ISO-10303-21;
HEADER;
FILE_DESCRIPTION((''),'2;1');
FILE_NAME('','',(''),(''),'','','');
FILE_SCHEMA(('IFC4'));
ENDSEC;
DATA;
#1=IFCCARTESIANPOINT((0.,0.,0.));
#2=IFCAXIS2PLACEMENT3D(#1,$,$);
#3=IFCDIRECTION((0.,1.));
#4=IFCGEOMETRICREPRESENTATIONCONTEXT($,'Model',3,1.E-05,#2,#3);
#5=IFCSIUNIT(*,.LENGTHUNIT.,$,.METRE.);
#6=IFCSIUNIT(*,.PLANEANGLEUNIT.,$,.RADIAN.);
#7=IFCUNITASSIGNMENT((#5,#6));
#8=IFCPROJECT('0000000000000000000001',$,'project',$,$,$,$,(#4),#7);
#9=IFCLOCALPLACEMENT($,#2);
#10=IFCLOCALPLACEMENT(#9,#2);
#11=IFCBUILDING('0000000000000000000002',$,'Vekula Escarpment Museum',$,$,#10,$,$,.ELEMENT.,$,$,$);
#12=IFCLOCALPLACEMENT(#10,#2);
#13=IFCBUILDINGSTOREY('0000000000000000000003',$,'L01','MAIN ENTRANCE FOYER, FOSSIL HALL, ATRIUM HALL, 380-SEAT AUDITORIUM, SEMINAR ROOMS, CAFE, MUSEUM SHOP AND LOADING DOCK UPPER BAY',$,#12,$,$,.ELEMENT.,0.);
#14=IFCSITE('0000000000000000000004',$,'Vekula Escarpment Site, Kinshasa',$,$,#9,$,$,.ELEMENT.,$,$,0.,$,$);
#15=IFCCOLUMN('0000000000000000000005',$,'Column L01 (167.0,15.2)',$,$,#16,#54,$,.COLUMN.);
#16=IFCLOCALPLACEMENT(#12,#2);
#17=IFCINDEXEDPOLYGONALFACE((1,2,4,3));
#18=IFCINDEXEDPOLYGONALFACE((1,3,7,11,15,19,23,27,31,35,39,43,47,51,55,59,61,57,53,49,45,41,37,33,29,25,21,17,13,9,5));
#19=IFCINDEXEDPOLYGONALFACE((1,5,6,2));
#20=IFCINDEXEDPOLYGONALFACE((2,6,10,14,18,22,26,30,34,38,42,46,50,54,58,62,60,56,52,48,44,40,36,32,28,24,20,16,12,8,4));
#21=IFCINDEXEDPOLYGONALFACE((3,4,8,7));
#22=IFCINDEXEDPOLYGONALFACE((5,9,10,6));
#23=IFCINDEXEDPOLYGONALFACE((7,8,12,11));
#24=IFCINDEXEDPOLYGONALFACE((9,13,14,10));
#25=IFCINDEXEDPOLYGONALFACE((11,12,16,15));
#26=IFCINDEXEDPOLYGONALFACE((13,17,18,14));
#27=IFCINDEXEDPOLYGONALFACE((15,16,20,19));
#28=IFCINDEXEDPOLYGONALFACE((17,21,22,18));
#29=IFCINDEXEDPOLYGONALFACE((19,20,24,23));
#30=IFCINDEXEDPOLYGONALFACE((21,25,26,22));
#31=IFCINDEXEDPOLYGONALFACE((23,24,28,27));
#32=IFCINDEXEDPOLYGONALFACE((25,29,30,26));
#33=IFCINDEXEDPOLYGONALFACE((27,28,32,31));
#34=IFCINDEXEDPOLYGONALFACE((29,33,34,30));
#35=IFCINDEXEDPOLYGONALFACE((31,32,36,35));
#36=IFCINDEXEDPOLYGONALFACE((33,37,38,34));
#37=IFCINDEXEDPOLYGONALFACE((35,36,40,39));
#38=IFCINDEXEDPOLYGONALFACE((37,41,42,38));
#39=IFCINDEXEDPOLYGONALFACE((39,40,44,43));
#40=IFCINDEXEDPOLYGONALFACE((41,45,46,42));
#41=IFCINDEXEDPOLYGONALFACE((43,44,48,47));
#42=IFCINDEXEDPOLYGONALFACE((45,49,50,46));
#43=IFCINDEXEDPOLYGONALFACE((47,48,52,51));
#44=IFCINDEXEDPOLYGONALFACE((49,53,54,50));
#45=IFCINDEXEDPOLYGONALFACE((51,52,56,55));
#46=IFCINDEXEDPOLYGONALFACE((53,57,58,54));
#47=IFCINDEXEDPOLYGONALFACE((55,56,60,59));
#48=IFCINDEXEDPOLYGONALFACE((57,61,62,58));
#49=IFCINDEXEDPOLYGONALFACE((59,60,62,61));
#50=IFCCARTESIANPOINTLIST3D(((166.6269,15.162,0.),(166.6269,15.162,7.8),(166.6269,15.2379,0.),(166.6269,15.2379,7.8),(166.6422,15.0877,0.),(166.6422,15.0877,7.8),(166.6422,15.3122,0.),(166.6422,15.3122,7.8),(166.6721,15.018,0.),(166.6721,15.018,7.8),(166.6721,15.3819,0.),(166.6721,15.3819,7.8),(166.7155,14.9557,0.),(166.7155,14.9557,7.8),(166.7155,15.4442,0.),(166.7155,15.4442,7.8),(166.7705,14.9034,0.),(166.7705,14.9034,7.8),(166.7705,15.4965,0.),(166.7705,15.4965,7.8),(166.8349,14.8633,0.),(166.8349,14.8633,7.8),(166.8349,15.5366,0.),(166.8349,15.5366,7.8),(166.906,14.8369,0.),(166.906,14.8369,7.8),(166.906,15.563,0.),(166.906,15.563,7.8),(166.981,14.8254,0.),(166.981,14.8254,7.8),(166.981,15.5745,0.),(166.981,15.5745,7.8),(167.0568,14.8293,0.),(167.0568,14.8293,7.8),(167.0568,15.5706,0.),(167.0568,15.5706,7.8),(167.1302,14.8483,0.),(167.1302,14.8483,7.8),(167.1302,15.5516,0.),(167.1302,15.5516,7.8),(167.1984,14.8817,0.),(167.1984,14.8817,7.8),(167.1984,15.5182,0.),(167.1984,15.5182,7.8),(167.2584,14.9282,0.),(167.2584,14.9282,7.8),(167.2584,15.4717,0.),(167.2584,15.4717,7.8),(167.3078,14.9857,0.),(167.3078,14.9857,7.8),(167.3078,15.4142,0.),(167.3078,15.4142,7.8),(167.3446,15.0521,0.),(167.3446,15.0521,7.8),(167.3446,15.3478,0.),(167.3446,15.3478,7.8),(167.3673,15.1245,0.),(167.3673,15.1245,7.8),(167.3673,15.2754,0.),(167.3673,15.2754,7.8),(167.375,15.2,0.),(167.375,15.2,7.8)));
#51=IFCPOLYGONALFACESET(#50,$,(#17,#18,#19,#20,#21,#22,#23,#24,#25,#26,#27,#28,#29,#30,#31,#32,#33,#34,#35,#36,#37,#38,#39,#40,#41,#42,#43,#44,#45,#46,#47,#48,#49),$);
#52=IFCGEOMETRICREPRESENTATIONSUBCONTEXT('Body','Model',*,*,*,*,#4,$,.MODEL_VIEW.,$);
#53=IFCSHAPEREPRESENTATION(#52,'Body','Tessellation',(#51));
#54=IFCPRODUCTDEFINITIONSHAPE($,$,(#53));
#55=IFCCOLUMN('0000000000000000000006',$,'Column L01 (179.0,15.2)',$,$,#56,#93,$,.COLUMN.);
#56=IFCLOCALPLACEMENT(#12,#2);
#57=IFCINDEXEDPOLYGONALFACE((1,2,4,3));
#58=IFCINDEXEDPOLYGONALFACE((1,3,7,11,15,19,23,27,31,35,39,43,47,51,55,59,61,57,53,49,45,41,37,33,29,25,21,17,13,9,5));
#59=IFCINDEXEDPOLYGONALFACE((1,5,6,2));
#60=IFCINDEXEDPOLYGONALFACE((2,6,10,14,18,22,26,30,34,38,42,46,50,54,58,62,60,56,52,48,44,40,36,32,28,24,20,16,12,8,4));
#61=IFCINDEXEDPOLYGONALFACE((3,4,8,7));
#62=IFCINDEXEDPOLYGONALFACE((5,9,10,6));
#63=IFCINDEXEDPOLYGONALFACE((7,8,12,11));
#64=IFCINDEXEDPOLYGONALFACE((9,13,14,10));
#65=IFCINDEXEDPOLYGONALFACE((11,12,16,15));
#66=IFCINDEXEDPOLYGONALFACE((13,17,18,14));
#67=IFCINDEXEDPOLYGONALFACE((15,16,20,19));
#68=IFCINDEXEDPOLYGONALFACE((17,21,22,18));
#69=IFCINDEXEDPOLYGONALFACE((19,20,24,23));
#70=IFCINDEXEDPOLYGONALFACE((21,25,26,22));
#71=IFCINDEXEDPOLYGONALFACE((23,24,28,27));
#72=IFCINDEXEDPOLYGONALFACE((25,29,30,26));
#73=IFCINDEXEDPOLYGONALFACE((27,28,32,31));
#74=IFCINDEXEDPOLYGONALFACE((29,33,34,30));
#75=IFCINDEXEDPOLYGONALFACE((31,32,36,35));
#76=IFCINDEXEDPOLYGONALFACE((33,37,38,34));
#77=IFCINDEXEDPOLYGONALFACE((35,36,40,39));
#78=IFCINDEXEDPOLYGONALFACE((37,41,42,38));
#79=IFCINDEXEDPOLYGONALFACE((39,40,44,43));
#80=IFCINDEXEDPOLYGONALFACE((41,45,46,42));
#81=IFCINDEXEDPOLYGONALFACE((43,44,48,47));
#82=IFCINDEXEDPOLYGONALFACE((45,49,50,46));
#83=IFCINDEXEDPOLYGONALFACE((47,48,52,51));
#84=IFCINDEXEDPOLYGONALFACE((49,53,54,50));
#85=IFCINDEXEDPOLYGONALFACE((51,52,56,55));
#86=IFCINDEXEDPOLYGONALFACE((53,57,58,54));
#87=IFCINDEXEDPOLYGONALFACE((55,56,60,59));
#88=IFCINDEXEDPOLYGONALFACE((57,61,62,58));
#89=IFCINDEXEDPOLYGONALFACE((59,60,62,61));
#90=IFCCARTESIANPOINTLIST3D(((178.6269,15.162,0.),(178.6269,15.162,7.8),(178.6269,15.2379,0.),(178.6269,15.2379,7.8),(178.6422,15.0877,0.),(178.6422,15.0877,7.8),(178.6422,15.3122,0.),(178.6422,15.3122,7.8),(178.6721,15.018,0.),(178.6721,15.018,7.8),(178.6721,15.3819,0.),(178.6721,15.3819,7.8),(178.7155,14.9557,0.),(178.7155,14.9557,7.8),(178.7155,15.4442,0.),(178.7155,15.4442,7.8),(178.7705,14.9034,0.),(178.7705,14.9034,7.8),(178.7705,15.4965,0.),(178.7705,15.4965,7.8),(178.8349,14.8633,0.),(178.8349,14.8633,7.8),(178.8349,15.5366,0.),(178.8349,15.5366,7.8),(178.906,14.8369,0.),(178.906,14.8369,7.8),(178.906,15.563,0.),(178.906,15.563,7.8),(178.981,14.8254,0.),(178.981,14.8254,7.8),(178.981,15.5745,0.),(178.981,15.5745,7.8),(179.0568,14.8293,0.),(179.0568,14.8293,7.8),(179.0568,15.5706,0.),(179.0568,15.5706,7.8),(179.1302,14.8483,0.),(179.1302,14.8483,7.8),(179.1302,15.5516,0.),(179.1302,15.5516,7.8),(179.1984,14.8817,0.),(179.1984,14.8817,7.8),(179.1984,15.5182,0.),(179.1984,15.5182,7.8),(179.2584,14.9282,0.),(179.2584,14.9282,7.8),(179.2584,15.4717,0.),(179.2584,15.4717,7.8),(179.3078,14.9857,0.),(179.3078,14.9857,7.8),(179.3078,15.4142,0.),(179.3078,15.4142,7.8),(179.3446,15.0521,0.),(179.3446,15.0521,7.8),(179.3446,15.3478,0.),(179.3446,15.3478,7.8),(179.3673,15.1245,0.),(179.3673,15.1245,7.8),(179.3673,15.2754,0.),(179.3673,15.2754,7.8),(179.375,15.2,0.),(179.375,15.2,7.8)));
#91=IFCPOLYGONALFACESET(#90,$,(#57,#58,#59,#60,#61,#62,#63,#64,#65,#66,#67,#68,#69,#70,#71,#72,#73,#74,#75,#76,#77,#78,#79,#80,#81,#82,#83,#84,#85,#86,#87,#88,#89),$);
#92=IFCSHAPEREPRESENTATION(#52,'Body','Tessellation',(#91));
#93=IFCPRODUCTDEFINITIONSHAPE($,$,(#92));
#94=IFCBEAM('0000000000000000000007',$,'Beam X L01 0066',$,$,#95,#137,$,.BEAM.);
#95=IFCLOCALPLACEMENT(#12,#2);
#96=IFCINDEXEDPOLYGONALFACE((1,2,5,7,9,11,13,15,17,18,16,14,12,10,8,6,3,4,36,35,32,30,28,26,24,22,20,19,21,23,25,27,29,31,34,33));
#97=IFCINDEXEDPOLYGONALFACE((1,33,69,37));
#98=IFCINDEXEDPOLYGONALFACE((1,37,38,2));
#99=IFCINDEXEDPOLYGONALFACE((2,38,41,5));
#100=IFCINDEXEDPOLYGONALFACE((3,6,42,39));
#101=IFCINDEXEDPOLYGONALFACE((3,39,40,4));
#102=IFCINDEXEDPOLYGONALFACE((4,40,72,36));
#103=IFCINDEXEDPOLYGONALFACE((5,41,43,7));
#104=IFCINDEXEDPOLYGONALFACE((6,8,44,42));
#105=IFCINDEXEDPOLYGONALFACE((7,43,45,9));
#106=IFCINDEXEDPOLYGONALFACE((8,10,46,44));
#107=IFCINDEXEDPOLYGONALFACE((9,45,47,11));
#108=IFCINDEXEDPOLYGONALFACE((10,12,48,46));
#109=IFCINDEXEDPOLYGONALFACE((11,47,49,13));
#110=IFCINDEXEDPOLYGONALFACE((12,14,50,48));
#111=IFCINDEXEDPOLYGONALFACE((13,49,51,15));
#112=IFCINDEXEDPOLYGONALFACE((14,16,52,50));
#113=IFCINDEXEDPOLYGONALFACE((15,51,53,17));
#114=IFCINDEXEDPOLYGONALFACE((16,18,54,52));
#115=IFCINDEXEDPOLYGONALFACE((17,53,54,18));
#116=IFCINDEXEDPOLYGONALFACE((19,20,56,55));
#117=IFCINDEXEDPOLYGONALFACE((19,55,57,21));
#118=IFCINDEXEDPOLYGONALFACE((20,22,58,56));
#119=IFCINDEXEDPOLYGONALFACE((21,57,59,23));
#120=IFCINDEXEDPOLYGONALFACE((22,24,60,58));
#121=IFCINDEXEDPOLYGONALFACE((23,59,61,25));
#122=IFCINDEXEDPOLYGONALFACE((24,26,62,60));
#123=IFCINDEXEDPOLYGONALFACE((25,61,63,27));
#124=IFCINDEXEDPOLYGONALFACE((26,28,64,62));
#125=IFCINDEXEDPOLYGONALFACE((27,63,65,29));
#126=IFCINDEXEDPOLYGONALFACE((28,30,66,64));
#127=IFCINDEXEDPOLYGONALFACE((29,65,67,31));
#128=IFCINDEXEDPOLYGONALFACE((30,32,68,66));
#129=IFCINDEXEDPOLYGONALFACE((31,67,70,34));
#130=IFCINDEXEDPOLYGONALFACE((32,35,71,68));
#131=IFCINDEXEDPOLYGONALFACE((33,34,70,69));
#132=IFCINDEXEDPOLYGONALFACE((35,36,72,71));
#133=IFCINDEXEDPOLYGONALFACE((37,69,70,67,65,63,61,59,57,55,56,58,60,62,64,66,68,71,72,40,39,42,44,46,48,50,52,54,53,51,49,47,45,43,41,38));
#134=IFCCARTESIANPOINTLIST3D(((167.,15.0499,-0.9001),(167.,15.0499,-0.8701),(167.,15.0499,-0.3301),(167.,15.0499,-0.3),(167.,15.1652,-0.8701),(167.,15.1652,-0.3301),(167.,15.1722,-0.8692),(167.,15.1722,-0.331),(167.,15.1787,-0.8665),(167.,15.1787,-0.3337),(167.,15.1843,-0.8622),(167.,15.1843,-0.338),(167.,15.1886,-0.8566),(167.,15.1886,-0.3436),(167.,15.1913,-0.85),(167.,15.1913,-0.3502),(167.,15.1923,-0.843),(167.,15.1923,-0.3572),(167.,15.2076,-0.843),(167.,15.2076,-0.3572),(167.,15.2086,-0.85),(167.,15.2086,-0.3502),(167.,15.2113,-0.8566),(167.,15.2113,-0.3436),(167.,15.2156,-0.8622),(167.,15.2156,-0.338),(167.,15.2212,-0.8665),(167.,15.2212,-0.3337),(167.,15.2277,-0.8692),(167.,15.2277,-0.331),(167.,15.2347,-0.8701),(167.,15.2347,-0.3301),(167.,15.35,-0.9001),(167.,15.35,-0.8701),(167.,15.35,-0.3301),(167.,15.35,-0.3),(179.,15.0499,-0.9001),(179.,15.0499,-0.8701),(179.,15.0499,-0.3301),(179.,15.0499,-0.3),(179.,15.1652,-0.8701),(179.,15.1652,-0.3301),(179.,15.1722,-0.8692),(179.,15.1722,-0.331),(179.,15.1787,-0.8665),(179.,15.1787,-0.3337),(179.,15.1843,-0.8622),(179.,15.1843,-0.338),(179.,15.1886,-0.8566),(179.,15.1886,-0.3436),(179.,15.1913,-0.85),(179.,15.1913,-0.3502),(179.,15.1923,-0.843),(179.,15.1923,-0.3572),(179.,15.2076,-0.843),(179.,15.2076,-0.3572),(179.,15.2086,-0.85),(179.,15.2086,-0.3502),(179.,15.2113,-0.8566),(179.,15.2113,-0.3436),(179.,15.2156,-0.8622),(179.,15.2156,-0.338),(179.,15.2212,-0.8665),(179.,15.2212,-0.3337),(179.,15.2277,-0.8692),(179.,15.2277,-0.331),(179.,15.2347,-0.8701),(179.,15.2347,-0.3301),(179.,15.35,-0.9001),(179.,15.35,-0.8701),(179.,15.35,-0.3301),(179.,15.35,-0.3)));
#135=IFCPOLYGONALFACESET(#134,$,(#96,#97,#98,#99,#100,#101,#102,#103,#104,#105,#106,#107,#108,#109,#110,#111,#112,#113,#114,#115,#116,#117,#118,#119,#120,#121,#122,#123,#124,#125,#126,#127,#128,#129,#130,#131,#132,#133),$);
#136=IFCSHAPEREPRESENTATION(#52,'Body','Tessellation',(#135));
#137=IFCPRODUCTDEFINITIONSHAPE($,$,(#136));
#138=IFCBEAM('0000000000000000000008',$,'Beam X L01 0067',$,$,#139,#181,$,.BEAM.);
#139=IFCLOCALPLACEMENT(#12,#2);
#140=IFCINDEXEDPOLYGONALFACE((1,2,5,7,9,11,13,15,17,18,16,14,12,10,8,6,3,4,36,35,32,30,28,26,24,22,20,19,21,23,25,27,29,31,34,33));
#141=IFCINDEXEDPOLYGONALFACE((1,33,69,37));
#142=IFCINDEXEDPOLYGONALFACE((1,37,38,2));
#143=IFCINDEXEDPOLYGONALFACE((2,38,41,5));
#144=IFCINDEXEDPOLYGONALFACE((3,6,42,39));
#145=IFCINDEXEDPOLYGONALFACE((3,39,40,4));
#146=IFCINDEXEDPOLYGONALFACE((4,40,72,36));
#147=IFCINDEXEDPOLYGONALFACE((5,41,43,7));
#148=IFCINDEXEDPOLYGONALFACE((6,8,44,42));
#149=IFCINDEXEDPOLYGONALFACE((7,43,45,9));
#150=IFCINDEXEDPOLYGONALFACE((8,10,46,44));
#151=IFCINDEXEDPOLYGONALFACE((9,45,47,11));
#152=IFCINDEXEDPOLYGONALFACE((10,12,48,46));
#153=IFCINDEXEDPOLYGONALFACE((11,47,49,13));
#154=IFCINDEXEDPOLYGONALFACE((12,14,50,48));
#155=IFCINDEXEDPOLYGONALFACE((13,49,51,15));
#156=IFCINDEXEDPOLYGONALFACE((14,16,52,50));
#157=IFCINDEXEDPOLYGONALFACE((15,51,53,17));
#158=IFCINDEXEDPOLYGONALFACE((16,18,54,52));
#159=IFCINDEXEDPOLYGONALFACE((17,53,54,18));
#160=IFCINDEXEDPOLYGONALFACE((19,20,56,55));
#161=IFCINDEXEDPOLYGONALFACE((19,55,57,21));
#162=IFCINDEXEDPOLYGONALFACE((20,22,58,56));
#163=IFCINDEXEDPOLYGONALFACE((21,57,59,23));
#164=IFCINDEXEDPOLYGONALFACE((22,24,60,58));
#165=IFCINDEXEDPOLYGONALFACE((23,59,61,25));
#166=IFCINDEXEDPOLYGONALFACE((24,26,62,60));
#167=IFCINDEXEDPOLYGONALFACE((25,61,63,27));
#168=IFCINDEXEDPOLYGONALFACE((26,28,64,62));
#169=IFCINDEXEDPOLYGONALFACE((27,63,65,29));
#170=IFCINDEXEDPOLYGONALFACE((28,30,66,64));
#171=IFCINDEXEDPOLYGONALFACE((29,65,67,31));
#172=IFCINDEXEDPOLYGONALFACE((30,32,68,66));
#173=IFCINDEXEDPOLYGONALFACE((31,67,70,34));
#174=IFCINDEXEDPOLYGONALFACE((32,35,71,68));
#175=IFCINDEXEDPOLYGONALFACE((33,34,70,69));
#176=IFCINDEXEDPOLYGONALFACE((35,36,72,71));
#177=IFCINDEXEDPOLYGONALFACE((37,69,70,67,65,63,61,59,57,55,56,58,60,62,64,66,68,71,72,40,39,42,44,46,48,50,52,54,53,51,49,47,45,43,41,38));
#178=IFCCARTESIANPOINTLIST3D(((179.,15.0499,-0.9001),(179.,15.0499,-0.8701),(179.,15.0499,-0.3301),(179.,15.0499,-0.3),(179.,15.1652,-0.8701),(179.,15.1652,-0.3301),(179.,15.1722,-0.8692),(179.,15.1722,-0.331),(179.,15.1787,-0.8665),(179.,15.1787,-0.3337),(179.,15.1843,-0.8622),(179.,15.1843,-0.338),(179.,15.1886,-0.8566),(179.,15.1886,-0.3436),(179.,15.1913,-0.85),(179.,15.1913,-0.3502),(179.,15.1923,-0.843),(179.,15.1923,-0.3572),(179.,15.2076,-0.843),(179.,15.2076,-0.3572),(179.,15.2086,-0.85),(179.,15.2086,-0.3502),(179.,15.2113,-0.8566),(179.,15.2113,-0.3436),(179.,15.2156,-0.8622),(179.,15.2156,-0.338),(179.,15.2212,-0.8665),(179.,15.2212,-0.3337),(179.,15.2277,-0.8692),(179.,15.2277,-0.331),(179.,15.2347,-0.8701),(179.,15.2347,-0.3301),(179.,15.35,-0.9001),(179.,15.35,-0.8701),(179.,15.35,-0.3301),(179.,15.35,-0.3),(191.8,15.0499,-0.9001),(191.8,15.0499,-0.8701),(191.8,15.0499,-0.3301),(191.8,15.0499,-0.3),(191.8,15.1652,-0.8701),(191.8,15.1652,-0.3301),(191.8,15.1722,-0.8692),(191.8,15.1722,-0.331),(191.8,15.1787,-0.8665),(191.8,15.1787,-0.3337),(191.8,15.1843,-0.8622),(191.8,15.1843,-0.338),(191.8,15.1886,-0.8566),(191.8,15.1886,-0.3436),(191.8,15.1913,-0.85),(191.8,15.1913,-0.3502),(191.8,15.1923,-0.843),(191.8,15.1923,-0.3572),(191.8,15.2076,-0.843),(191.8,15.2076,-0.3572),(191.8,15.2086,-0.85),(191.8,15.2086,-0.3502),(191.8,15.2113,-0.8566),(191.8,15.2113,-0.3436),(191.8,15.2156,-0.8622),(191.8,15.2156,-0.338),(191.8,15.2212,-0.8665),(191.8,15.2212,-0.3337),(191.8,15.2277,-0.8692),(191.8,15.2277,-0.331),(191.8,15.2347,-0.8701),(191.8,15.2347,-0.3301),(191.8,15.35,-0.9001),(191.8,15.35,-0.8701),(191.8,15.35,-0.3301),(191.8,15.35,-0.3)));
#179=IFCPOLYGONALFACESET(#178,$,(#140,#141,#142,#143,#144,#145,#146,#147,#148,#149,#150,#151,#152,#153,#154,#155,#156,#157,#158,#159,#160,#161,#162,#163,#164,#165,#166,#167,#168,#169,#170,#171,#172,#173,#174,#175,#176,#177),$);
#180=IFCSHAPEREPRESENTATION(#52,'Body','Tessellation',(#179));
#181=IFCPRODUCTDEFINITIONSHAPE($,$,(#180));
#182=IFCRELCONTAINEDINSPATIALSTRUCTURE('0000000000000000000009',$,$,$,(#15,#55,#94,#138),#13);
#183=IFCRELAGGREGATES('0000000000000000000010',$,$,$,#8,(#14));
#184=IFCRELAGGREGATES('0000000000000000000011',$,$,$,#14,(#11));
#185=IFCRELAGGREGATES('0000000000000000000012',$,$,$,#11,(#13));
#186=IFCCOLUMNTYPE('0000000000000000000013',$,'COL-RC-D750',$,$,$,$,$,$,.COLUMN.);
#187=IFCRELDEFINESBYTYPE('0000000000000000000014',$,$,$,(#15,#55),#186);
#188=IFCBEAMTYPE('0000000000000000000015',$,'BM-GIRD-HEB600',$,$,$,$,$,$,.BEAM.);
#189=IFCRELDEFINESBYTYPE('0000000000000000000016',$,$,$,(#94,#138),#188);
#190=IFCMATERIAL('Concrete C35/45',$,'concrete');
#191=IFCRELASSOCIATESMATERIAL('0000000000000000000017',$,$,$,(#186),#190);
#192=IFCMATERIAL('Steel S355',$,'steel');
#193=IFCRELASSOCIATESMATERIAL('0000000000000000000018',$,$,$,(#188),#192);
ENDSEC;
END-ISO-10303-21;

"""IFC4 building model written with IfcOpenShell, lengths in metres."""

from ifc_helpers import new_model, si_unit, direction, frame, origin, origin_2d, place, context, subcontext, project, spatial, circle, i_section, extrude, material, material_profile, profile_set, type_object, element, save


model = new_model("IFC4")

# Units and contexts
model_context = context("Model", 3, precision=1e-05, world=origin(), true_north=direction((0.0, 1.0)))
body_context = subcontext(model_context, "Body", "Model", "MODEL_VIEW")
ifc_project = project(units=[si_unit("LENGTHUNIT", "METRE"), si_unit("PLANEANGLEUNIT", "RADIAN")], contexts=[model_context])

# Site, building, storey
site_placement = place(None, origin())
site = spatial("IfcSite", under=ifc_project, at=site_placement, Name="Vekula Escarpment Site, Kinshasa", CompositionType="ELEMENT", RefElevation=0.0)
building_placement = place(site_placement, origin())
building = spatial("IfcBuilding", under=site, at=building_placement, Name="Vekula Escarpment Museum", CompositionType="ELEMENT")
storey_placement = place(building_placement, origin())
storey = spatial("IfcBuildingStorey", under=building, at=storey_placement, Name="L01", Description="MAIN ENTRANCE FOYER, FOSSIL HALL, ATRIUM HALL, 380-SEAT AUDITORIUM, SEMINAR ROOMS, CAFE, MUSEUM SHOP AND LOADING DOCK UPPER BAY", CompositionType="ELEMENT", Elevation=0.0)

# Columns
ifc_material_1 = material(Name="Concrete C35/45", Category="concrete")
ifc_material_profile_1 = material_profile(ifc_material_1, circle(Radius=0.375, at=origin_2d()), Name="RC COL D750")
ifc_profile_set_1 = profile_set([ifc_material_profile_1], Name="Concrete C35/45")
column_type = type_object("IfcColumnType", Name="COL-RC-D750", PredefinedType="COLUMN", material=ifc_profile_set_1)
for number, where, z_axis, x_axis, name in (
    (1, (167.0, 15.2, 0.0), (0.0, 0.0, 1.0), (1.0, 0.0, 0.0), "Column L01 (167.0,15.2)"),
    (2, (179.0, 15.2, 0.0), (0.0, 0.0, 1.0), (1.0, 0.0, 0.0), "Column L01 (179.0,15.2)"),
):
    element("IfcColumn", number, at=place(storey_placement, frame(where, z_axis=z_axis, x_axis=x_axis)), inside=storey, type_object=column_type, Name=name, PredefinedType="COLUMN", context=body_context, shape_type="SweptSolid", body=[
        extrude(circle(Radius=0.375, at=origin_2d()), origin(), (0.0, 0.0, 1.0), 7.8),
    ])

# Beams
ifc_material_2 = material(Name="Steel S355", Category="steel")
ifc_material_profile_2 = material_profile(ifc_material_2, i_section(OverallWidth=0.3, OverallDepth=0.6001, WebThickness=0.0154, FlangeThickness=0.03, FilletRadius=0.0271, at=origin_2d()), Name="HEB 600")
ifc_profile_set_2 = profile_set([ifc_material_profile_2], Name="Steel S355")
beam_type_1 = type_object("IfcBeamType", Name="BM-GIRD-HEB600", PredefinedType="BEAM", material=ifc_profile_set_2)
beam_1_placement = place(storey_placement, frame((167.0, 15.2, -0.6001), z_axis=(1.0, 0.0, 0.0), x_axis=(0.0, 1.0, 0.0)))
element("IfcBeam", 3, at=beam_1_placement, inside=storey, type_object=beam_type_1, Name="Beam X L01 0066", PredefinedType="BEAM", context=body_context, shape_type="SweptSolid", body=[
    extrude(i_section(OverallWidth=0.3, OverallDepth=0.6001, WebThickness=0.0154, FlangeThickness=0.03, FilletRadius=0.0271, at=origin_2d()), origin(), (0.0, 0.0, 1.0), 12.0),
])
beam_2_placement = place(storey_placement, frame((179.0, 15.2, -0.6001), z_axis=(1.0, 0.0, 0.0), x_axis=(0.0, 1.0, 0.0)))
element("IfcBeam", 4, at=beam_2_placement, inside=storey, type_object=beam_type_1, Name="Beam X L01 0067", PredefinedType="BEAM", context=body_context, shape_type="SweptSolid", body=[
    extrude(i_section(OverallWidth=0.3, OverallDepth=0.6001, WebThickness=0.0154, FlangeThickness=0.03, FilletRadius=0.0271, at=origin_2d()), origin(), (0.0, 0.0, 1.0), 12.8),
])

save(model, "model.ifc")
